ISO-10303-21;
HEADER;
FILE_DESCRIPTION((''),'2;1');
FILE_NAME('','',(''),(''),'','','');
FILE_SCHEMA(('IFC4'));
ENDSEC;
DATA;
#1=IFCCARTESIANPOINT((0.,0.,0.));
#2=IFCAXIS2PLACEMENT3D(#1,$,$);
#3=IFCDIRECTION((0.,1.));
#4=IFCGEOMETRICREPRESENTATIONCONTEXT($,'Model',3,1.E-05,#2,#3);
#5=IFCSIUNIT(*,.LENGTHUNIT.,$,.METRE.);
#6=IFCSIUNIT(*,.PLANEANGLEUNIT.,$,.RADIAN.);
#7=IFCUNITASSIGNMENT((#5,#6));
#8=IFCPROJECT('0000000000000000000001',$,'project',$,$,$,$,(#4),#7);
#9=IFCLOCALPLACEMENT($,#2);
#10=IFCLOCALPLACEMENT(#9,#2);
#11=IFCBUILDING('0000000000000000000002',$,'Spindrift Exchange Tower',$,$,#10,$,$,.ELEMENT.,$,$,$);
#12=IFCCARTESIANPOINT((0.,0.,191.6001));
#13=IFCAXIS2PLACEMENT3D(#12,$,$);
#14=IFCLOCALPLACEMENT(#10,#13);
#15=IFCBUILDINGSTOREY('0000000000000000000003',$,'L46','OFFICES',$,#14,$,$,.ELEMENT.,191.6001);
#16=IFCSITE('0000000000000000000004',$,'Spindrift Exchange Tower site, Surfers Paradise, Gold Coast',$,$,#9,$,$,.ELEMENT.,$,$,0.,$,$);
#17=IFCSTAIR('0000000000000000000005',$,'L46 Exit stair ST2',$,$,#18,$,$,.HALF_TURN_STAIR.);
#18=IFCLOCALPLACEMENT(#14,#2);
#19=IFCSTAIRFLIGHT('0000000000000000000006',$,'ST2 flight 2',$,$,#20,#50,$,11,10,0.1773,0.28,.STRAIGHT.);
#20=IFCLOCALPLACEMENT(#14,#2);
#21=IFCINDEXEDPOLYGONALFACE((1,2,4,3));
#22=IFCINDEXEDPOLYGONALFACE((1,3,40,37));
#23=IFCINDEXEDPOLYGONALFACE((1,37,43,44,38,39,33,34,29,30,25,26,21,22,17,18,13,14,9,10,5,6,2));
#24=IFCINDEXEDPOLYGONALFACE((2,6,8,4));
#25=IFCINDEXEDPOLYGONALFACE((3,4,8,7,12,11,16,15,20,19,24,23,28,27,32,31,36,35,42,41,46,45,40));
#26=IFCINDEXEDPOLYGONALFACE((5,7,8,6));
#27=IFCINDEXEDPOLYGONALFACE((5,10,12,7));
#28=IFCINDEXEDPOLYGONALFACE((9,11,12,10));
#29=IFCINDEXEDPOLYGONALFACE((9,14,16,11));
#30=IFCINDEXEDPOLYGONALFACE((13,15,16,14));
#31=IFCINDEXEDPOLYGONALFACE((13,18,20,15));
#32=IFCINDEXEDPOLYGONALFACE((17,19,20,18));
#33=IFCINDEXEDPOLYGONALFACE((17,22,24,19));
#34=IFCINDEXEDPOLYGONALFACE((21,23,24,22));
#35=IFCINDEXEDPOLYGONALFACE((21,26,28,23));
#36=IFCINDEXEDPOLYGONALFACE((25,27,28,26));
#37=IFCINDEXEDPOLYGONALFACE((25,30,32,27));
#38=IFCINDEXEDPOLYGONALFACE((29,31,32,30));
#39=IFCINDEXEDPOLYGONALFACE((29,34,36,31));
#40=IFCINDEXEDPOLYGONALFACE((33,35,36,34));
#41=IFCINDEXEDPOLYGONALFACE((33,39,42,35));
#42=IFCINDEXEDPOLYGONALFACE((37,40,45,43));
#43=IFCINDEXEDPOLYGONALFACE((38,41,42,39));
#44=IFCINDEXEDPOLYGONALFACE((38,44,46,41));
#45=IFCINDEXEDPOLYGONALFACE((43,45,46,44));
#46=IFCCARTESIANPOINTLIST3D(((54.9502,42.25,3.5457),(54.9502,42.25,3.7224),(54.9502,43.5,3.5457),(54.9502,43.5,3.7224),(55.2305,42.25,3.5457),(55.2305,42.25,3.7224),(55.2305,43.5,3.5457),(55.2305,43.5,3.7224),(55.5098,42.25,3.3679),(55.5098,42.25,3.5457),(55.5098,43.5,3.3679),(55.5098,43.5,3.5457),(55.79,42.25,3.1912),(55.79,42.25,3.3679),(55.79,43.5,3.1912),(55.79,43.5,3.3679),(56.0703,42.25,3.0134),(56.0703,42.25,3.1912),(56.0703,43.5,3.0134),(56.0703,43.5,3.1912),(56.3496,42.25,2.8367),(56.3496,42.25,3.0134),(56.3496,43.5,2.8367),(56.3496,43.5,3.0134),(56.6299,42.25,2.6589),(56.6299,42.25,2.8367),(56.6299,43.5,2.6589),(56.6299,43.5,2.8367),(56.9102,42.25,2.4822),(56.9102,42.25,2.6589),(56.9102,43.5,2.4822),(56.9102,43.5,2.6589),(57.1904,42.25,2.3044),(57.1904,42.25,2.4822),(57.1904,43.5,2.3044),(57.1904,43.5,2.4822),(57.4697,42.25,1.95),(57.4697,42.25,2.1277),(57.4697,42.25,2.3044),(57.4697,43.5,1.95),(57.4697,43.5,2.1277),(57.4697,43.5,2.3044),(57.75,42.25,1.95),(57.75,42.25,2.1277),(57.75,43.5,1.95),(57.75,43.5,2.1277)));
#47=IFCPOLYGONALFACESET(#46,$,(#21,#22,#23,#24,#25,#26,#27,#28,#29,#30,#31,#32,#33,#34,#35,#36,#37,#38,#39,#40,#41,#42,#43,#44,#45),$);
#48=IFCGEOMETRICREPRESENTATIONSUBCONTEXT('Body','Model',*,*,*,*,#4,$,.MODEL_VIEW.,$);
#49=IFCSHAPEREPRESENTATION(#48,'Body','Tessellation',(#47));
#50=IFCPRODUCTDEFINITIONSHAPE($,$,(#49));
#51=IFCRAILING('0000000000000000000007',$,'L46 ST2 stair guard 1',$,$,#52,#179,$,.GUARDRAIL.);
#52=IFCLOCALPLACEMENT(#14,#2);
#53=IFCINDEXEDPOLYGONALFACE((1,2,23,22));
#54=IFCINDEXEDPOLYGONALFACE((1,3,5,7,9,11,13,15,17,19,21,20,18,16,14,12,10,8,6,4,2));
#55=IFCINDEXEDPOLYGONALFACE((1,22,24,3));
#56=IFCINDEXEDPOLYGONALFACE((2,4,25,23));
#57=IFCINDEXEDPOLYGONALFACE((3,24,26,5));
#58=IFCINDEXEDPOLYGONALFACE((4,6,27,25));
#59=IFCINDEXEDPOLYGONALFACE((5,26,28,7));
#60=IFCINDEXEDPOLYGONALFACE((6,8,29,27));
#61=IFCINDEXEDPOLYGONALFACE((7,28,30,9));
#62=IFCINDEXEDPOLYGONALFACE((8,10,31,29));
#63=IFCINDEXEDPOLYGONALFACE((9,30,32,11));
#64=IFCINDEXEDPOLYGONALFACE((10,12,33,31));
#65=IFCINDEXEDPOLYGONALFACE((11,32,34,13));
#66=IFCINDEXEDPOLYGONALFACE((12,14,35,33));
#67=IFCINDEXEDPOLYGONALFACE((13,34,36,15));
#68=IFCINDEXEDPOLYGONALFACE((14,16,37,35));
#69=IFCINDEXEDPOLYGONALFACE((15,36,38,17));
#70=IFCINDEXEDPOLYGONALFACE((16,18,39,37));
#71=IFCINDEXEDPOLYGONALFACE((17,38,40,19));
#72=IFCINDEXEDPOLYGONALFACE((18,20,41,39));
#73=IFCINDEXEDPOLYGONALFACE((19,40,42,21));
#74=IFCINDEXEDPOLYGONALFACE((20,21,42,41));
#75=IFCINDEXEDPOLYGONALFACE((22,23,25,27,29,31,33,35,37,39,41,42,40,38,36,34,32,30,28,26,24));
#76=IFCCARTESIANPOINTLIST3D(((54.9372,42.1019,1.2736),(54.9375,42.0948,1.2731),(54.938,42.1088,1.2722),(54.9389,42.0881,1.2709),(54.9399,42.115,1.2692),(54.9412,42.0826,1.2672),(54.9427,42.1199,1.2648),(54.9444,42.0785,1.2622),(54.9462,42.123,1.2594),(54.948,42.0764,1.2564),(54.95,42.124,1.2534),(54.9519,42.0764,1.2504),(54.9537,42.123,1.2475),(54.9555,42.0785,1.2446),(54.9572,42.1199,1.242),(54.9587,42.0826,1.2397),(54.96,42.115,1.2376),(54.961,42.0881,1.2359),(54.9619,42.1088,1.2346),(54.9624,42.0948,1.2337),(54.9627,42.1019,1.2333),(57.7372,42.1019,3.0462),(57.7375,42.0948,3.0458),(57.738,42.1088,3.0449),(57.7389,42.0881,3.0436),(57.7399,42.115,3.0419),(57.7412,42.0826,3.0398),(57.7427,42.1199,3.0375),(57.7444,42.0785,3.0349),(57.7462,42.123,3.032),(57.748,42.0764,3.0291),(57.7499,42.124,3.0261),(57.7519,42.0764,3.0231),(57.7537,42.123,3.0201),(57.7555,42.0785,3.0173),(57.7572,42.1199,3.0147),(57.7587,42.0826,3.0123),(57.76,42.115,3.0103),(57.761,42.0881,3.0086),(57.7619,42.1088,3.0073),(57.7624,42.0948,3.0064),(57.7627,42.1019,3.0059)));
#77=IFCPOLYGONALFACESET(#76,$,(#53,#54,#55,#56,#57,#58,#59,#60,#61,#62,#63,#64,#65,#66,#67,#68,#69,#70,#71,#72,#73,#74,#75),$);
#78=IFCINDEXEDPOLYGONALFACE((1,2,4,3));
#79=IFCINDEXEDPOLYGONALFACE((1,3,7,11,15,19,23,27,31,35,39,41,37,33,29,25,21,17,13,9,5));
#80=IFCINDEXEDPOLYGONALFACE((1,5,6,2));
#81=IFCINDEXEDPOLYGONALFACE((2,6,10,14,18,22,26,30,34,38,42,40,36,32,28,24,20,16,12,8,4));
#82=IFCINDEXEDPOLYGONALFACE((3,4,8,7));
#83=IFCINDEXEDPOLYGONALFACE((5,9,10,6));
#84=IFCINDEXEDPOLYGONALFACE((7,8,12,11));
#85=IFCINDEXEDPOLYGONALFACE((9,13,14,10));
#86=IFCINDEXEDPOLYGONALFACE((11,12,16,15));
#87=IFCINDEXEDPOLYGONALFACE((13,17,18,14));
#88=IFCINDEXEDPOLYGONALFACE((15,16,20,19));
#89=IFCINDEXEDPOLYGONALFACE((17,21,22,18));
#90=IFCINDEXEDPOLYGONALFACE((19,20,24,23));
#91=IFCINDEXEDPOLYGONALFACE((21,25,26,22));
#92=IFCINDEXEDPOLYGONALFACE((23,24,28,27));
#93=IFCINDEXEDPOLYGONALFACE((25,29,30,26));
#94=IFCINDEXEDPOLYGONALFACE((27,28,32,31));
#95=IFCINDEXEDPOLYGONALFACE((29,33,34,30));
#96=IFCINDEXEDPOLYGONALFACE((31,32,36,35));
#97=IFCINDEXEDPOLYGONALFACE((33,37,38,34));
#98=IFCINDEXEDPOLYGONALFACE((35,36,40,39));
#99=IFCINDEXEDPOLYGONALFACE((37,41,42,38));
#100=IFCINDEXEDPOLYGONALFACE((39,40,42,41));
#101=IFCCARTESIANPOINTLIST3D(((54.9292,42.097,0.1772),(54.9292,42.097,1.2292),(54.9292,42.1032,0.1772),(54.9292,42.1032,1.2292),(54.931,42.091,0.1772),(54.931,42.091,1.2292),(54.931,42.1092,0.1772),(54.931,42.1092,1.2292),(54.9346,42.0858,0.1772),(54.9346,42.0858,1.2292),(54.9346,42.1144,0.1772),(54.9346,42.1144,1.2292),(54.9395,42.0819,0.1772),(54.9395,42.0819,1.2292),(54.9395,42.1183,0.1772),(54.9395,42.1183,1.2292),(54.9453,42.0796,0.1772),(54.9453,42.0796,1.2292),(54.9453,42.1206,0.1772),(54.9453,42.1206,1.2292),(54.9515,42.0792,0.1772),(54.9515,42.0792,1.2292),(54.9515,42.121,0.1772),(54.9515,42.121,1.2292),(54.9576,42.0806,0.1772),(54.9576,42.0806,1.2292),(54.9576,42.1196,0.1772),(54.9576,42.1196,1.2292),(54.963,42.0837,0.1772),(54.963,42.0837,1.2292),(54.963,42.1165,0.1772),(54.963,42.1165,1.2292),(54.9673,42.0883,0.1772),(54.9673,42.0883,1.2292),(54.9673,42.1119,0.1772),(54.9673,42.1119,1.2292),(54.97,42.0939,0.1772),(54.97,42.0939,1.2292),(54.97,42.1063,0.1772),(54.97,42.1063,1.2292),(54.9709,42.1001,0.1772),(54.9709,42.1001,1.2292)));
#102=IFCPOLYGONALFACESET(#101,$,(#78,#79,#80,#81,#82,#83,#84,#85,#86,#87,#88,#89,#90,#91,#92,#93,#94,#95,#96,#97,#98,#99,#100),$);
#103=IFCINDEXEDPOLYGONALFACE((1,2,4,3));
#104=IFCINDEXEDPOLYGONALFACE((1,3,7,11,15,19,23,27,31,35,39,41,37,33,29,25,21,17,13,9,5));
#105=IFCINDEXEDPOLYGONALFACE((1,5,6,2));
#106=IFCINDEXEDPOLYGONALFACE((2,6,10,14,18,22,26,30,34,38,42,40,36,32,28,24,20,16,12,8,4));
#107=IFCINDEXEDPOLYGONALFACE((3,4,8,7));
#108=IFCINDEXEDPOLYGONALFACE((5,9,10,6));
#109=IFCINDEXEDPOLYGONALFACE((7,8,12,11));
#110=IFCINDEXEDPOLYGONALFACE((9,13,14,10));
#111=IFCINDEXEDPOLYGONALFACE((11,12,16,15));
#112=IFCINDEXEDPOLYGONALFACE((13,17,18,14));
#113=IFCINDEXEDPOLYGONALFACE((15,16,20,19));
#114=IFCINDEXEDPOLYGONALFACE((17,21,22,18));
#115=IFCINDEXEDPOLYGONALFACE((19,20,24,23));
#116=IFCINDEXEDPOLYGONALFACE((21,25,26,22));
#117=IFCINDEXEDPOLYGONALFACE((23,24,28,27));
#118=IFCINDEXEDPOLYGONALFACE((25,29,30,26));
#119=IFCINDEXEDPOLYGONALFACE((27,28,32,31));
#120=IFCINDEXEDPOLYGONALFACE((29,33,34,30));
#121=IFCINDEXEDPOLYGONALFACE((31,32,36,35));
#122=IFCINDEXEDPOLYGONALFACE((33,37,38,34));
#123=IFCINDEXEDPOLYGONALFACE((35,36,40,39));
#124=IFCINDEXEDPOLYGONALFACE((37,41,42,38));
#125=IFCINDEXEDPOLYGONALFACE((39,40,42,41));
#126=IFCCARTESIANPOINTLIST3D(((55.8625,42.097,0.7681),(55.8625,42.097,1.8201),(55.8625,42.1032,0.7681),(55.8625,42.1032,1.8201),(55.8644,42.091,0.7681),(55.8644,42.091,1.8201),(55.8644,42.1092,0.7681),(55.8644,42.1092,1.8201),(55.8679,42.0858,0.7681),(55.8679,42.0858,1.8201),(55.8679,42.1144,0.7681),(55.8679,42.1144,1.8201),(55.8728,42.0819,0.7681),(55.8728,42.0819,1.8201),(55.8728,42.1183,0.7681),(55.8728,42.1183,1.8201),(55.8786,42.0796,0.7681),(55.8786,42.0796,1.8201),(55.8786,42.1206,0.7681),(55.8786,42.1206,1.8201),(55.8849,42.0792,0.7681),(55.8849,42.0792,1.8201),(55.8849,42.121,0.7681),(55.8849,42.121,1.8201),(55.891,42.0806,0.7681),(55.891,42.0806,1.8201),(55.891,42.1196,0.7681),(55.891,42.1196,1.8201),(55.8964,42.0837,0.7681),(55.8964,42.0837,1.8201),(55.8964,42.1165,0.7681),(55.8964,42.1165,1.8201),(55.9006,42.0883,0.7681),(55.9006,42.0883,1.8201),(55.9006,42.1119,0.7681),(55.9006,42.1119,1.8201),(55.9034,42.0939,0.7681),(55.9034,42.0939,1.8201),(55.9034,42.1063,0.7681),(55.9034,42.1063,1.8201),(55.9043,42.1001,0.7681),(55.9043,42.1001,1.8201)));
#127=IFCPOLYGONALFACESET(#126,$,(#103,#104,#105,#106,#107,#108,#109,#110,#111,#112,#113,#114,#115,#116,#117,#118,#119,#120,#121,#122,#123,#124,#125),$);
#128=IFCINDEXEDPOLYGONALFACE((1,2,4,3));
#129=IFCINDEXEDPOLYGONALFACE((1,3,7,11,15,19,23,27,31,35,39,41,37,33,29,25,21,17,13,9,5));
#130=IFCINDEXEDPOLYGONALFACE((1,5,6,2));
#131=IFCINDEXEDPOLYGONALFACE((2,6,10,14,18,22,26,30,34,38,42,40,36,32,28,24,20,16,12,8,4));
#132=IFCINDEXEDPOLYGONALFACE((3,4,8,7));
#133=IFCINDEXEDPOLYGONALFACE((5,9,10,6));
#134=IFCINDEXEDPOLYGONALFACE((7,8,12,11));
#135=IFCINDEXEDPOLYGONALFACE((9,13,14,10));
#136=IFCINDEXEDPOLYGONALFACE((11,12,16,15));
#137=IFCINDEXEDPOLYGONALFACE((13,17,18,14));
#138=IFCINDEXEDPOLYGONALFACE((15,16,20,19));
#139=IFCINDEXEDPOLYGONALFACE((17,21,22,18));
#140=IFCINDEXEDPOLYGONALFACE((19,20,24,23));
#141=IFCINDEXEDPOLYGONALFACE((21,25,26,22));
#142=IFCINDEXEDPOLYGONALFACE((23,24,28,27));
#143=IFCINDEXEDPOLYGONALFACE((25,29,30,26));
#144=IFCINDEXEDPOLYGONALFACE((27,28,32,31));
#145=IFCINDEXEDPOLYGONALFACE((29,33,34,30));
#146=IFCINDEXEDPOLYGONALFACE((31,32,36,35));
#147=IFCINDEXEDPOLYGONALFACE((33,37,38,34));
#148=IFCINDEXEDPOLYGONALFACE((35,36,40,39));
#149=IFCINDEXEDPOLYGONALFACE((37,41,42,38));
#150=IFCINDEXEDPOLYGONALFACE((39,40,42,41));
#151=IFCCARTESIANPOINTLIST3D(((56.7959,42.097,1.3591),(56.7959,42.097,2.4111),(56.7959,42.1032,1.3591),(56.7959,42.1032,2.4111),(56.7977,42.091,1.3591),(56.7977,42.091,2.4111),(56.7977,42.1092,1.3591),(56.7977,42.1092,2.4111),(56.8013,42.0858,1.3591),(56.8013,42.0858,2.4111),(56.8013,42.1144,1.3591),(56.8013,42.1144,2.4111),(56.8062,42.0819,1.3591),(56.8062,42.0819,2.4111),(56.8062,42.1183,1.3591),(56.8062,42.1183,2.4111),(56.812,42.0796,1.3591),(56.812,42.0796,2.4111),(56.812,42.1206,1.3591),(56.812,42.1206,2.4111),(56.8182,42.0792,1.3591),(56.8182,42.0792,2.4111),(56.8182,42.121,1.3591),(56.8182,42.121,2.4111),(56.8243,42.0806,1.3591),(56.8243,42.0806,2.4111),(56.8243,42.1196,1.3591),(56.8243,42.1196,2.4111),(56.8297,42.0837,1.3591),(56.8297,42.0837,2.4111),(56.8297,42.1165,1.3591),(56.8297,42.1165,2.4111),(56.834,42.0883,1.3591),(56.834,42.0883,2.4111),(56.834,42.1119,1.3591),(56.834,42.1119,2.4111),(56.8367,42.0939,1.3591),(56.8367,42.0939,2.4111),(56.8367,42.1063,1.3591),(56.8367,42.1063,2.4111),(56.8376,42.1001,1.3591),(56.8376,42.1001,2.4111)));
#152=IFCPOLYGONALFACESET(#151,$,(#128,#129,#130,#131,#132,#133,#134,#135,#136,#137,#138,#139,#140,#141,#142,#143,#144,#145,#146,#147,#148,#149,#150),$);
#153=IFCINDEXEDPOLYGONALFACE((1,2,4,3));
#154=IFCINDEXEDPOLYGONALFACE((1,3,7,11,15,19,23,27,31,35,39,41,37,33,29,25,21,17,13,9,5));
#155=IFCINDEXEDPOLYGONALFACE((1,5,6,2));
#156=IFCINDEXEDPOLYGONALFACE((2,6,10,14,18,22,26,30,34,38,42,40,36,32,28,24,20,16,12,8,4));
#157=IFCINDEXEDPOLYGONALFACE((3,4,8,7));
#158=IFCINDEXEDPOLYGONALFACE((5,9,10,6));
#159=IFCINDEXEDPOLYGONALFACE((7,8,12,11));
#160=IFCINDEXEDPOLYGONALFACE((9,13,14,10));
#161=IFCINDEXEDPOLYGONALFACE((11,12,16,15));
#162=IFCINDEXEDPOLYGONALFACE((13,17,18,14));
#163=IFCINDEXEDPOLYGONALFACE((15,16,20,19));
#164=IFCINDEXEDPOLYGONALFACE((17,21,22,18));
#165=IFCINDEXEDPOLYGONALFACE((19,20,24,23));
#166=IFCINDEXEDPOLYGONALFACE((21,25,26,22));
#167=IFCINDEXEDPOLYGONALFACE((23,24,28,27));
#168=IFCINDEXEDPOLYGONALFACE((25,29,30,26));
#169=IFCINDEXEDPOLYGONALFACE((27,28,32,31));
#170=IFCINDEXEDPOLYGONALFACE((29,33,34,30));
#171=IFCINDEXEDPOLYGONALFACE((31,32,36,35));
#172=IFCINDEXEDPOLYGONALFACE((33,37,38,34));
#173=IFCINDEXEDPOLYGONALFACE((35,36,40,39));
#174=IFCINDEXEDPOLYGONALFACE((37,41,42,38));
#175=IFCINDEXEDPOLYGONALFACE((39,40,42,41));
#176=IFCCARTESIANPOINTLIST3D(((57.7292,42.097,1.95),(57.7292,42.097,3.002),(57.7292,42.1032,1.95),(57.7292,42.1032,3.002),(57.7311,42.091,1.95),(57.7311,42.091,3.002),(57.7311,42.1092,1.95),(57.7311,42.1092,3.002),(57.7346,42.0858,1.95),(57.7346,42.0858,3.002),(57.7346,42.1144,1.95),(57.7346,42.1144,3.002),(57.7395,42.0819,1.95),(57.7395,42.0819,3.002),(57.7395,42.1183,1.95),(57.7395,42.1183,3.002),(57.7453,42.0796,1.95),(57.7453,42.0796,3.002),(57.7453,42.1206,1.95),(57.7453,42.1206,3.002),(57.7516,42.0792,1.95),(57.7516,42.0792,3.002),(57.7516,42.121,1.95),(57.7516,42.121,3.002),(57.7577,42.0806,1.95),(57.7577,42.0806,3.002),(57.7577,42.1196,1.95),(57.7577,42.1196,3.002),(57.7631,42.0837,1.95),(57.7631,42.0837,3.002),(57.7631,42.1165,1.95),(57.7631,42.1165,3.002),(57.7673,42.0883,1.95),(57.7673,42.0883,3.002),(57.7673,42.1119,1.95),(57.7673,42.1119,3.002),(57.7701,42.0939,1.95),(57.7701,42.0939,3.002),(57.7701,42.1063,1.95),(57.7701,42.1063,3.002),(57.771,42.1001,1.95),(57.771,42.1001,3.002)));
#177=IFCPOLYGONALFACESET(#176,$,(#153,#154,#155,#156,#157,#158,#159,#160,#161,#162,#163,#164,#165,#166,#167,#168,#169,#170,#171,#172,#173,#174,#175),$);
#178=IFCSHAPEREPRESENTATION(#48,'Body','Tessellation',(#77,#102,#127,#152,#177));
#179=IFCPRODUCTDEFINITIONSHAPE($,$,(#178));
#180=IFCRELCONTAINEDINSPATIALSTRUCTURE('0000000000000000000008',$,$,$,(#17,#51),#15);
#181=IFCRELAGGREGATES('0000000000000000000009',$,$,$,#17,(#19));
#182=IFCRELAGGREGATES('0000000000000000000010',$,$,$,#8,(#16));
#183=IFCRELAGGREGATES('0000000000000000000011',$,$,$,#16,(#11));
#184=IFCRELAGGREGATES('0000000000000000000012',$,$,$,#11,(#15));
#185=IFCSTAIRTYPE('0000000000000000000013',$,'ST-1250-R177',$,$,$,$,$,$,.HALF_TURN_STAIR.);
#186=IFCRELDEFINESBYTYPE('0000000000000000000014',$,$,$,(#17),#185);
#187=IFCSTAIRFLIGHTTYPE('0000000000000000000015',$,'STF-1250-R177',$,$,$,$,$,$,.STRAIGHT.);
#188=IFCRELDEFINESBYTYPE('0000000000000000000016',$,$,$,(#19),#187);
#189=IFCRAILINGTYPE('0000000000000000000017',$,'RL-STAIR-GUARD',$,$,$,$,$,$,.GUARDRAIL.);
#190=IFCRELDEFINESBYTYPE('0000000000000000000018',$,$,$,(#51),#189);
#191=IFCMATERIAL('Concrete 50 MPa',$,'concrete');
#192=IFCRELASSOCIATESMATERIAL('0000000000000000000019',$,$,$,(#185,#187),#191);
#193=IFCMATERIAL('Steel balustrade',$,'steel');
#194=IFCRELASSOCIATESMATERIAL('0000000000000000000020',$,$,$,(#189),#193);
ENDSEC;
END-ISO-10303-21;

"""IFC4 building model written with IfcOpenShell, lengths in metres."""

from ifc_helpers import new_model, si_unit, direction, frame, origin, origin_2d, place, context, subcontext, project, spatial, line, indexed_curve, circle, outline, extrude, material, type_object, element, aggregate, save


model = new_model("IFC4")

# Units and contexts
model_context = context("Model", 3, precision=1e-05, world=origin(), true_north=direction((0.0, 1.0)))
body_context = subcontext(model_context, "Body", "Model", "MODEL_VIEW")
ifc_project = project(units=[si_unit("LENGTHUNIT", "METRE"), si_unit("PLANEANGLEUNIT", "RADIAN")], contexts=[model_context])

# Site, building, storey
site_placement = place(None, origin())
site = spatial("IfcSite", under=ifc_project, at=site_placement, Name="Spindrift Exchange Tower site, Surfers Paradise, Gold Coast", CompositionType="ELEMENT", RefElevation=0.0)
building_placement = place(site_placement, origin())
building = spatial("IfcBuilding", under=site, at=building_placement, Name="Spindrift Exchange Tower", CompositionType="ELEMENT")
storey_placement = place(building_placement, frame((0.0, 0.0, 191.6001)))
storey = spatial("IfcBuildingStorey", under=building, at=storey_placement, Name="L46", Description="OFFICES", CompositionType="ELEMENT", Elevation=191.6001)

# Shared definitions
ifc_material_1 = material(Name="Concrete 50 MPa", Category="concrete")

# Stair, stair flight
stair_type = type_object("IfcStairType", Name="ST-1250-R177", PredefinedType="HALF_TURN_STAIR", material=ifc_material_1)
stair_placement = place(storey_placement, origin())
stair = element("IfcStair", 1, at=stair_placement, inside=storey, type_object=stair_type, Name="L46 Exit stair ST2", PredefinedType="HALF_TURN_STAIR")
stair_flight_type = type_object("IfcStairFlightType", Name="STF-1250-R177", PredefinedType="STRAIGHT", material=ifc_material_1)
stair_flight_1_placement = place(storey_placement, frame((57.75, 42.875, 1.95), z_axis=(0.0, 0.0, 1.0), x_axis=(-1.0, 0.0, 0.0)))
stair_flight_1 = element("IfcStairFlight", 2, at=stair_flight_1_placement, type_object=stair_flight_type, Name="ST2 flight 2", NumberOfRisers=11, NumberOfTreads=10, PredefinedType="STRAIGHT", RiserHeight=0.1773, TreadLength=0.28, context=body_context, shape_type="SweptSolid", body=[
    extrude(outline(indexed_curve([(0.0, 0.0), (0.0, 0.1777), (0.2803, 0.1777), (0.2803, 0.3545), (0.5596, 0.3545), (0.5596, 0.5322), (0.8398, 0.5322), (0.8398, 0.709), (1.1201, 0.709), (1.1201, 0.8867), (1.4004, 0.8867), (1.4004, 1.0635), (1.6797, 1.0635), (1.6797, 1.2412), (1.96, 1.2412), (1.96, 1.418), (2.2402, 1.418), (2.2402, 1.5957), (2.5195, 1.5957), (2.5195, 1.7725), (2.7998, 1.7725), (2.7998, 1.9502), (2.7998, 1.5957), (0.2803, 0.0)], segments=[line(1, 2, 3, 4, 5, 6, 7, 8, 9, 10, 11, 12, 13, 14, 15, 16, 17, 18, 19, 20, 21, 22, 23, 24, 1)], self_intersect=False)), frame((0.0, 0.625, 0.0), z_axis=(0.0, -1.0, 0.0), x_axis=(1.0, 0.0, 0.0)), (0.0, 0.0, 1.0), 1.25),
])
aggregate(stair, [stair_flight_1])

# Railing
ifc_material_2 = material(Name="Steel balustrade", Category="steel")
railing_type_1 = type_object("IfcRailingType", Name="RL-STAIR-GUARD", PredefinedType="GUARDRAIL", material=ifc_material_2)
railing_1_placement = place(storey_placement, frame((54.95, 42.1001, 0.1772)))
element("IfcRailing", 3, at=railing_1_placement, inside=storey, type_object=railing_type_1, Name="L46 ST2 stair guard 1", PredefinedType="GUARDRAIL", context=body_context, shape_type="SweptSolid", body=[
    extrude(circle(Radius=0.0239, at=origin_2d()), frame((0.0, 0.0, 1.0762), z_axis=(0.844909, 0.0, 0.53491), x_axis=(0.0, 1.0, 0.0)), (0.0, 0.0, 1.0), 3.314),
    extrude(circle(Radius=0.021, at=origin_2d()), origin(), (0.0, 0.0, 1.0), 1.052),
    extrude(circle(Radius=0.021, at=origin_2d()), frame((0.9333, 0.0, 0.5908)), (0.0, 0.0, 1.0), 1.052),
    extrude(circle(Radius=0.021, at=origin_2d()), frame((1.8667, 0.0, 1.1819)), (0.0, 0.0, 1.0), 1.052),
    extrude(circle(Radius=0.021, at=origin_2d()), frame((2.8, 0.0, 1.7727)), (0.0, 0.0, 1.0), 1.052),
])

save(model, "model.ifc")
